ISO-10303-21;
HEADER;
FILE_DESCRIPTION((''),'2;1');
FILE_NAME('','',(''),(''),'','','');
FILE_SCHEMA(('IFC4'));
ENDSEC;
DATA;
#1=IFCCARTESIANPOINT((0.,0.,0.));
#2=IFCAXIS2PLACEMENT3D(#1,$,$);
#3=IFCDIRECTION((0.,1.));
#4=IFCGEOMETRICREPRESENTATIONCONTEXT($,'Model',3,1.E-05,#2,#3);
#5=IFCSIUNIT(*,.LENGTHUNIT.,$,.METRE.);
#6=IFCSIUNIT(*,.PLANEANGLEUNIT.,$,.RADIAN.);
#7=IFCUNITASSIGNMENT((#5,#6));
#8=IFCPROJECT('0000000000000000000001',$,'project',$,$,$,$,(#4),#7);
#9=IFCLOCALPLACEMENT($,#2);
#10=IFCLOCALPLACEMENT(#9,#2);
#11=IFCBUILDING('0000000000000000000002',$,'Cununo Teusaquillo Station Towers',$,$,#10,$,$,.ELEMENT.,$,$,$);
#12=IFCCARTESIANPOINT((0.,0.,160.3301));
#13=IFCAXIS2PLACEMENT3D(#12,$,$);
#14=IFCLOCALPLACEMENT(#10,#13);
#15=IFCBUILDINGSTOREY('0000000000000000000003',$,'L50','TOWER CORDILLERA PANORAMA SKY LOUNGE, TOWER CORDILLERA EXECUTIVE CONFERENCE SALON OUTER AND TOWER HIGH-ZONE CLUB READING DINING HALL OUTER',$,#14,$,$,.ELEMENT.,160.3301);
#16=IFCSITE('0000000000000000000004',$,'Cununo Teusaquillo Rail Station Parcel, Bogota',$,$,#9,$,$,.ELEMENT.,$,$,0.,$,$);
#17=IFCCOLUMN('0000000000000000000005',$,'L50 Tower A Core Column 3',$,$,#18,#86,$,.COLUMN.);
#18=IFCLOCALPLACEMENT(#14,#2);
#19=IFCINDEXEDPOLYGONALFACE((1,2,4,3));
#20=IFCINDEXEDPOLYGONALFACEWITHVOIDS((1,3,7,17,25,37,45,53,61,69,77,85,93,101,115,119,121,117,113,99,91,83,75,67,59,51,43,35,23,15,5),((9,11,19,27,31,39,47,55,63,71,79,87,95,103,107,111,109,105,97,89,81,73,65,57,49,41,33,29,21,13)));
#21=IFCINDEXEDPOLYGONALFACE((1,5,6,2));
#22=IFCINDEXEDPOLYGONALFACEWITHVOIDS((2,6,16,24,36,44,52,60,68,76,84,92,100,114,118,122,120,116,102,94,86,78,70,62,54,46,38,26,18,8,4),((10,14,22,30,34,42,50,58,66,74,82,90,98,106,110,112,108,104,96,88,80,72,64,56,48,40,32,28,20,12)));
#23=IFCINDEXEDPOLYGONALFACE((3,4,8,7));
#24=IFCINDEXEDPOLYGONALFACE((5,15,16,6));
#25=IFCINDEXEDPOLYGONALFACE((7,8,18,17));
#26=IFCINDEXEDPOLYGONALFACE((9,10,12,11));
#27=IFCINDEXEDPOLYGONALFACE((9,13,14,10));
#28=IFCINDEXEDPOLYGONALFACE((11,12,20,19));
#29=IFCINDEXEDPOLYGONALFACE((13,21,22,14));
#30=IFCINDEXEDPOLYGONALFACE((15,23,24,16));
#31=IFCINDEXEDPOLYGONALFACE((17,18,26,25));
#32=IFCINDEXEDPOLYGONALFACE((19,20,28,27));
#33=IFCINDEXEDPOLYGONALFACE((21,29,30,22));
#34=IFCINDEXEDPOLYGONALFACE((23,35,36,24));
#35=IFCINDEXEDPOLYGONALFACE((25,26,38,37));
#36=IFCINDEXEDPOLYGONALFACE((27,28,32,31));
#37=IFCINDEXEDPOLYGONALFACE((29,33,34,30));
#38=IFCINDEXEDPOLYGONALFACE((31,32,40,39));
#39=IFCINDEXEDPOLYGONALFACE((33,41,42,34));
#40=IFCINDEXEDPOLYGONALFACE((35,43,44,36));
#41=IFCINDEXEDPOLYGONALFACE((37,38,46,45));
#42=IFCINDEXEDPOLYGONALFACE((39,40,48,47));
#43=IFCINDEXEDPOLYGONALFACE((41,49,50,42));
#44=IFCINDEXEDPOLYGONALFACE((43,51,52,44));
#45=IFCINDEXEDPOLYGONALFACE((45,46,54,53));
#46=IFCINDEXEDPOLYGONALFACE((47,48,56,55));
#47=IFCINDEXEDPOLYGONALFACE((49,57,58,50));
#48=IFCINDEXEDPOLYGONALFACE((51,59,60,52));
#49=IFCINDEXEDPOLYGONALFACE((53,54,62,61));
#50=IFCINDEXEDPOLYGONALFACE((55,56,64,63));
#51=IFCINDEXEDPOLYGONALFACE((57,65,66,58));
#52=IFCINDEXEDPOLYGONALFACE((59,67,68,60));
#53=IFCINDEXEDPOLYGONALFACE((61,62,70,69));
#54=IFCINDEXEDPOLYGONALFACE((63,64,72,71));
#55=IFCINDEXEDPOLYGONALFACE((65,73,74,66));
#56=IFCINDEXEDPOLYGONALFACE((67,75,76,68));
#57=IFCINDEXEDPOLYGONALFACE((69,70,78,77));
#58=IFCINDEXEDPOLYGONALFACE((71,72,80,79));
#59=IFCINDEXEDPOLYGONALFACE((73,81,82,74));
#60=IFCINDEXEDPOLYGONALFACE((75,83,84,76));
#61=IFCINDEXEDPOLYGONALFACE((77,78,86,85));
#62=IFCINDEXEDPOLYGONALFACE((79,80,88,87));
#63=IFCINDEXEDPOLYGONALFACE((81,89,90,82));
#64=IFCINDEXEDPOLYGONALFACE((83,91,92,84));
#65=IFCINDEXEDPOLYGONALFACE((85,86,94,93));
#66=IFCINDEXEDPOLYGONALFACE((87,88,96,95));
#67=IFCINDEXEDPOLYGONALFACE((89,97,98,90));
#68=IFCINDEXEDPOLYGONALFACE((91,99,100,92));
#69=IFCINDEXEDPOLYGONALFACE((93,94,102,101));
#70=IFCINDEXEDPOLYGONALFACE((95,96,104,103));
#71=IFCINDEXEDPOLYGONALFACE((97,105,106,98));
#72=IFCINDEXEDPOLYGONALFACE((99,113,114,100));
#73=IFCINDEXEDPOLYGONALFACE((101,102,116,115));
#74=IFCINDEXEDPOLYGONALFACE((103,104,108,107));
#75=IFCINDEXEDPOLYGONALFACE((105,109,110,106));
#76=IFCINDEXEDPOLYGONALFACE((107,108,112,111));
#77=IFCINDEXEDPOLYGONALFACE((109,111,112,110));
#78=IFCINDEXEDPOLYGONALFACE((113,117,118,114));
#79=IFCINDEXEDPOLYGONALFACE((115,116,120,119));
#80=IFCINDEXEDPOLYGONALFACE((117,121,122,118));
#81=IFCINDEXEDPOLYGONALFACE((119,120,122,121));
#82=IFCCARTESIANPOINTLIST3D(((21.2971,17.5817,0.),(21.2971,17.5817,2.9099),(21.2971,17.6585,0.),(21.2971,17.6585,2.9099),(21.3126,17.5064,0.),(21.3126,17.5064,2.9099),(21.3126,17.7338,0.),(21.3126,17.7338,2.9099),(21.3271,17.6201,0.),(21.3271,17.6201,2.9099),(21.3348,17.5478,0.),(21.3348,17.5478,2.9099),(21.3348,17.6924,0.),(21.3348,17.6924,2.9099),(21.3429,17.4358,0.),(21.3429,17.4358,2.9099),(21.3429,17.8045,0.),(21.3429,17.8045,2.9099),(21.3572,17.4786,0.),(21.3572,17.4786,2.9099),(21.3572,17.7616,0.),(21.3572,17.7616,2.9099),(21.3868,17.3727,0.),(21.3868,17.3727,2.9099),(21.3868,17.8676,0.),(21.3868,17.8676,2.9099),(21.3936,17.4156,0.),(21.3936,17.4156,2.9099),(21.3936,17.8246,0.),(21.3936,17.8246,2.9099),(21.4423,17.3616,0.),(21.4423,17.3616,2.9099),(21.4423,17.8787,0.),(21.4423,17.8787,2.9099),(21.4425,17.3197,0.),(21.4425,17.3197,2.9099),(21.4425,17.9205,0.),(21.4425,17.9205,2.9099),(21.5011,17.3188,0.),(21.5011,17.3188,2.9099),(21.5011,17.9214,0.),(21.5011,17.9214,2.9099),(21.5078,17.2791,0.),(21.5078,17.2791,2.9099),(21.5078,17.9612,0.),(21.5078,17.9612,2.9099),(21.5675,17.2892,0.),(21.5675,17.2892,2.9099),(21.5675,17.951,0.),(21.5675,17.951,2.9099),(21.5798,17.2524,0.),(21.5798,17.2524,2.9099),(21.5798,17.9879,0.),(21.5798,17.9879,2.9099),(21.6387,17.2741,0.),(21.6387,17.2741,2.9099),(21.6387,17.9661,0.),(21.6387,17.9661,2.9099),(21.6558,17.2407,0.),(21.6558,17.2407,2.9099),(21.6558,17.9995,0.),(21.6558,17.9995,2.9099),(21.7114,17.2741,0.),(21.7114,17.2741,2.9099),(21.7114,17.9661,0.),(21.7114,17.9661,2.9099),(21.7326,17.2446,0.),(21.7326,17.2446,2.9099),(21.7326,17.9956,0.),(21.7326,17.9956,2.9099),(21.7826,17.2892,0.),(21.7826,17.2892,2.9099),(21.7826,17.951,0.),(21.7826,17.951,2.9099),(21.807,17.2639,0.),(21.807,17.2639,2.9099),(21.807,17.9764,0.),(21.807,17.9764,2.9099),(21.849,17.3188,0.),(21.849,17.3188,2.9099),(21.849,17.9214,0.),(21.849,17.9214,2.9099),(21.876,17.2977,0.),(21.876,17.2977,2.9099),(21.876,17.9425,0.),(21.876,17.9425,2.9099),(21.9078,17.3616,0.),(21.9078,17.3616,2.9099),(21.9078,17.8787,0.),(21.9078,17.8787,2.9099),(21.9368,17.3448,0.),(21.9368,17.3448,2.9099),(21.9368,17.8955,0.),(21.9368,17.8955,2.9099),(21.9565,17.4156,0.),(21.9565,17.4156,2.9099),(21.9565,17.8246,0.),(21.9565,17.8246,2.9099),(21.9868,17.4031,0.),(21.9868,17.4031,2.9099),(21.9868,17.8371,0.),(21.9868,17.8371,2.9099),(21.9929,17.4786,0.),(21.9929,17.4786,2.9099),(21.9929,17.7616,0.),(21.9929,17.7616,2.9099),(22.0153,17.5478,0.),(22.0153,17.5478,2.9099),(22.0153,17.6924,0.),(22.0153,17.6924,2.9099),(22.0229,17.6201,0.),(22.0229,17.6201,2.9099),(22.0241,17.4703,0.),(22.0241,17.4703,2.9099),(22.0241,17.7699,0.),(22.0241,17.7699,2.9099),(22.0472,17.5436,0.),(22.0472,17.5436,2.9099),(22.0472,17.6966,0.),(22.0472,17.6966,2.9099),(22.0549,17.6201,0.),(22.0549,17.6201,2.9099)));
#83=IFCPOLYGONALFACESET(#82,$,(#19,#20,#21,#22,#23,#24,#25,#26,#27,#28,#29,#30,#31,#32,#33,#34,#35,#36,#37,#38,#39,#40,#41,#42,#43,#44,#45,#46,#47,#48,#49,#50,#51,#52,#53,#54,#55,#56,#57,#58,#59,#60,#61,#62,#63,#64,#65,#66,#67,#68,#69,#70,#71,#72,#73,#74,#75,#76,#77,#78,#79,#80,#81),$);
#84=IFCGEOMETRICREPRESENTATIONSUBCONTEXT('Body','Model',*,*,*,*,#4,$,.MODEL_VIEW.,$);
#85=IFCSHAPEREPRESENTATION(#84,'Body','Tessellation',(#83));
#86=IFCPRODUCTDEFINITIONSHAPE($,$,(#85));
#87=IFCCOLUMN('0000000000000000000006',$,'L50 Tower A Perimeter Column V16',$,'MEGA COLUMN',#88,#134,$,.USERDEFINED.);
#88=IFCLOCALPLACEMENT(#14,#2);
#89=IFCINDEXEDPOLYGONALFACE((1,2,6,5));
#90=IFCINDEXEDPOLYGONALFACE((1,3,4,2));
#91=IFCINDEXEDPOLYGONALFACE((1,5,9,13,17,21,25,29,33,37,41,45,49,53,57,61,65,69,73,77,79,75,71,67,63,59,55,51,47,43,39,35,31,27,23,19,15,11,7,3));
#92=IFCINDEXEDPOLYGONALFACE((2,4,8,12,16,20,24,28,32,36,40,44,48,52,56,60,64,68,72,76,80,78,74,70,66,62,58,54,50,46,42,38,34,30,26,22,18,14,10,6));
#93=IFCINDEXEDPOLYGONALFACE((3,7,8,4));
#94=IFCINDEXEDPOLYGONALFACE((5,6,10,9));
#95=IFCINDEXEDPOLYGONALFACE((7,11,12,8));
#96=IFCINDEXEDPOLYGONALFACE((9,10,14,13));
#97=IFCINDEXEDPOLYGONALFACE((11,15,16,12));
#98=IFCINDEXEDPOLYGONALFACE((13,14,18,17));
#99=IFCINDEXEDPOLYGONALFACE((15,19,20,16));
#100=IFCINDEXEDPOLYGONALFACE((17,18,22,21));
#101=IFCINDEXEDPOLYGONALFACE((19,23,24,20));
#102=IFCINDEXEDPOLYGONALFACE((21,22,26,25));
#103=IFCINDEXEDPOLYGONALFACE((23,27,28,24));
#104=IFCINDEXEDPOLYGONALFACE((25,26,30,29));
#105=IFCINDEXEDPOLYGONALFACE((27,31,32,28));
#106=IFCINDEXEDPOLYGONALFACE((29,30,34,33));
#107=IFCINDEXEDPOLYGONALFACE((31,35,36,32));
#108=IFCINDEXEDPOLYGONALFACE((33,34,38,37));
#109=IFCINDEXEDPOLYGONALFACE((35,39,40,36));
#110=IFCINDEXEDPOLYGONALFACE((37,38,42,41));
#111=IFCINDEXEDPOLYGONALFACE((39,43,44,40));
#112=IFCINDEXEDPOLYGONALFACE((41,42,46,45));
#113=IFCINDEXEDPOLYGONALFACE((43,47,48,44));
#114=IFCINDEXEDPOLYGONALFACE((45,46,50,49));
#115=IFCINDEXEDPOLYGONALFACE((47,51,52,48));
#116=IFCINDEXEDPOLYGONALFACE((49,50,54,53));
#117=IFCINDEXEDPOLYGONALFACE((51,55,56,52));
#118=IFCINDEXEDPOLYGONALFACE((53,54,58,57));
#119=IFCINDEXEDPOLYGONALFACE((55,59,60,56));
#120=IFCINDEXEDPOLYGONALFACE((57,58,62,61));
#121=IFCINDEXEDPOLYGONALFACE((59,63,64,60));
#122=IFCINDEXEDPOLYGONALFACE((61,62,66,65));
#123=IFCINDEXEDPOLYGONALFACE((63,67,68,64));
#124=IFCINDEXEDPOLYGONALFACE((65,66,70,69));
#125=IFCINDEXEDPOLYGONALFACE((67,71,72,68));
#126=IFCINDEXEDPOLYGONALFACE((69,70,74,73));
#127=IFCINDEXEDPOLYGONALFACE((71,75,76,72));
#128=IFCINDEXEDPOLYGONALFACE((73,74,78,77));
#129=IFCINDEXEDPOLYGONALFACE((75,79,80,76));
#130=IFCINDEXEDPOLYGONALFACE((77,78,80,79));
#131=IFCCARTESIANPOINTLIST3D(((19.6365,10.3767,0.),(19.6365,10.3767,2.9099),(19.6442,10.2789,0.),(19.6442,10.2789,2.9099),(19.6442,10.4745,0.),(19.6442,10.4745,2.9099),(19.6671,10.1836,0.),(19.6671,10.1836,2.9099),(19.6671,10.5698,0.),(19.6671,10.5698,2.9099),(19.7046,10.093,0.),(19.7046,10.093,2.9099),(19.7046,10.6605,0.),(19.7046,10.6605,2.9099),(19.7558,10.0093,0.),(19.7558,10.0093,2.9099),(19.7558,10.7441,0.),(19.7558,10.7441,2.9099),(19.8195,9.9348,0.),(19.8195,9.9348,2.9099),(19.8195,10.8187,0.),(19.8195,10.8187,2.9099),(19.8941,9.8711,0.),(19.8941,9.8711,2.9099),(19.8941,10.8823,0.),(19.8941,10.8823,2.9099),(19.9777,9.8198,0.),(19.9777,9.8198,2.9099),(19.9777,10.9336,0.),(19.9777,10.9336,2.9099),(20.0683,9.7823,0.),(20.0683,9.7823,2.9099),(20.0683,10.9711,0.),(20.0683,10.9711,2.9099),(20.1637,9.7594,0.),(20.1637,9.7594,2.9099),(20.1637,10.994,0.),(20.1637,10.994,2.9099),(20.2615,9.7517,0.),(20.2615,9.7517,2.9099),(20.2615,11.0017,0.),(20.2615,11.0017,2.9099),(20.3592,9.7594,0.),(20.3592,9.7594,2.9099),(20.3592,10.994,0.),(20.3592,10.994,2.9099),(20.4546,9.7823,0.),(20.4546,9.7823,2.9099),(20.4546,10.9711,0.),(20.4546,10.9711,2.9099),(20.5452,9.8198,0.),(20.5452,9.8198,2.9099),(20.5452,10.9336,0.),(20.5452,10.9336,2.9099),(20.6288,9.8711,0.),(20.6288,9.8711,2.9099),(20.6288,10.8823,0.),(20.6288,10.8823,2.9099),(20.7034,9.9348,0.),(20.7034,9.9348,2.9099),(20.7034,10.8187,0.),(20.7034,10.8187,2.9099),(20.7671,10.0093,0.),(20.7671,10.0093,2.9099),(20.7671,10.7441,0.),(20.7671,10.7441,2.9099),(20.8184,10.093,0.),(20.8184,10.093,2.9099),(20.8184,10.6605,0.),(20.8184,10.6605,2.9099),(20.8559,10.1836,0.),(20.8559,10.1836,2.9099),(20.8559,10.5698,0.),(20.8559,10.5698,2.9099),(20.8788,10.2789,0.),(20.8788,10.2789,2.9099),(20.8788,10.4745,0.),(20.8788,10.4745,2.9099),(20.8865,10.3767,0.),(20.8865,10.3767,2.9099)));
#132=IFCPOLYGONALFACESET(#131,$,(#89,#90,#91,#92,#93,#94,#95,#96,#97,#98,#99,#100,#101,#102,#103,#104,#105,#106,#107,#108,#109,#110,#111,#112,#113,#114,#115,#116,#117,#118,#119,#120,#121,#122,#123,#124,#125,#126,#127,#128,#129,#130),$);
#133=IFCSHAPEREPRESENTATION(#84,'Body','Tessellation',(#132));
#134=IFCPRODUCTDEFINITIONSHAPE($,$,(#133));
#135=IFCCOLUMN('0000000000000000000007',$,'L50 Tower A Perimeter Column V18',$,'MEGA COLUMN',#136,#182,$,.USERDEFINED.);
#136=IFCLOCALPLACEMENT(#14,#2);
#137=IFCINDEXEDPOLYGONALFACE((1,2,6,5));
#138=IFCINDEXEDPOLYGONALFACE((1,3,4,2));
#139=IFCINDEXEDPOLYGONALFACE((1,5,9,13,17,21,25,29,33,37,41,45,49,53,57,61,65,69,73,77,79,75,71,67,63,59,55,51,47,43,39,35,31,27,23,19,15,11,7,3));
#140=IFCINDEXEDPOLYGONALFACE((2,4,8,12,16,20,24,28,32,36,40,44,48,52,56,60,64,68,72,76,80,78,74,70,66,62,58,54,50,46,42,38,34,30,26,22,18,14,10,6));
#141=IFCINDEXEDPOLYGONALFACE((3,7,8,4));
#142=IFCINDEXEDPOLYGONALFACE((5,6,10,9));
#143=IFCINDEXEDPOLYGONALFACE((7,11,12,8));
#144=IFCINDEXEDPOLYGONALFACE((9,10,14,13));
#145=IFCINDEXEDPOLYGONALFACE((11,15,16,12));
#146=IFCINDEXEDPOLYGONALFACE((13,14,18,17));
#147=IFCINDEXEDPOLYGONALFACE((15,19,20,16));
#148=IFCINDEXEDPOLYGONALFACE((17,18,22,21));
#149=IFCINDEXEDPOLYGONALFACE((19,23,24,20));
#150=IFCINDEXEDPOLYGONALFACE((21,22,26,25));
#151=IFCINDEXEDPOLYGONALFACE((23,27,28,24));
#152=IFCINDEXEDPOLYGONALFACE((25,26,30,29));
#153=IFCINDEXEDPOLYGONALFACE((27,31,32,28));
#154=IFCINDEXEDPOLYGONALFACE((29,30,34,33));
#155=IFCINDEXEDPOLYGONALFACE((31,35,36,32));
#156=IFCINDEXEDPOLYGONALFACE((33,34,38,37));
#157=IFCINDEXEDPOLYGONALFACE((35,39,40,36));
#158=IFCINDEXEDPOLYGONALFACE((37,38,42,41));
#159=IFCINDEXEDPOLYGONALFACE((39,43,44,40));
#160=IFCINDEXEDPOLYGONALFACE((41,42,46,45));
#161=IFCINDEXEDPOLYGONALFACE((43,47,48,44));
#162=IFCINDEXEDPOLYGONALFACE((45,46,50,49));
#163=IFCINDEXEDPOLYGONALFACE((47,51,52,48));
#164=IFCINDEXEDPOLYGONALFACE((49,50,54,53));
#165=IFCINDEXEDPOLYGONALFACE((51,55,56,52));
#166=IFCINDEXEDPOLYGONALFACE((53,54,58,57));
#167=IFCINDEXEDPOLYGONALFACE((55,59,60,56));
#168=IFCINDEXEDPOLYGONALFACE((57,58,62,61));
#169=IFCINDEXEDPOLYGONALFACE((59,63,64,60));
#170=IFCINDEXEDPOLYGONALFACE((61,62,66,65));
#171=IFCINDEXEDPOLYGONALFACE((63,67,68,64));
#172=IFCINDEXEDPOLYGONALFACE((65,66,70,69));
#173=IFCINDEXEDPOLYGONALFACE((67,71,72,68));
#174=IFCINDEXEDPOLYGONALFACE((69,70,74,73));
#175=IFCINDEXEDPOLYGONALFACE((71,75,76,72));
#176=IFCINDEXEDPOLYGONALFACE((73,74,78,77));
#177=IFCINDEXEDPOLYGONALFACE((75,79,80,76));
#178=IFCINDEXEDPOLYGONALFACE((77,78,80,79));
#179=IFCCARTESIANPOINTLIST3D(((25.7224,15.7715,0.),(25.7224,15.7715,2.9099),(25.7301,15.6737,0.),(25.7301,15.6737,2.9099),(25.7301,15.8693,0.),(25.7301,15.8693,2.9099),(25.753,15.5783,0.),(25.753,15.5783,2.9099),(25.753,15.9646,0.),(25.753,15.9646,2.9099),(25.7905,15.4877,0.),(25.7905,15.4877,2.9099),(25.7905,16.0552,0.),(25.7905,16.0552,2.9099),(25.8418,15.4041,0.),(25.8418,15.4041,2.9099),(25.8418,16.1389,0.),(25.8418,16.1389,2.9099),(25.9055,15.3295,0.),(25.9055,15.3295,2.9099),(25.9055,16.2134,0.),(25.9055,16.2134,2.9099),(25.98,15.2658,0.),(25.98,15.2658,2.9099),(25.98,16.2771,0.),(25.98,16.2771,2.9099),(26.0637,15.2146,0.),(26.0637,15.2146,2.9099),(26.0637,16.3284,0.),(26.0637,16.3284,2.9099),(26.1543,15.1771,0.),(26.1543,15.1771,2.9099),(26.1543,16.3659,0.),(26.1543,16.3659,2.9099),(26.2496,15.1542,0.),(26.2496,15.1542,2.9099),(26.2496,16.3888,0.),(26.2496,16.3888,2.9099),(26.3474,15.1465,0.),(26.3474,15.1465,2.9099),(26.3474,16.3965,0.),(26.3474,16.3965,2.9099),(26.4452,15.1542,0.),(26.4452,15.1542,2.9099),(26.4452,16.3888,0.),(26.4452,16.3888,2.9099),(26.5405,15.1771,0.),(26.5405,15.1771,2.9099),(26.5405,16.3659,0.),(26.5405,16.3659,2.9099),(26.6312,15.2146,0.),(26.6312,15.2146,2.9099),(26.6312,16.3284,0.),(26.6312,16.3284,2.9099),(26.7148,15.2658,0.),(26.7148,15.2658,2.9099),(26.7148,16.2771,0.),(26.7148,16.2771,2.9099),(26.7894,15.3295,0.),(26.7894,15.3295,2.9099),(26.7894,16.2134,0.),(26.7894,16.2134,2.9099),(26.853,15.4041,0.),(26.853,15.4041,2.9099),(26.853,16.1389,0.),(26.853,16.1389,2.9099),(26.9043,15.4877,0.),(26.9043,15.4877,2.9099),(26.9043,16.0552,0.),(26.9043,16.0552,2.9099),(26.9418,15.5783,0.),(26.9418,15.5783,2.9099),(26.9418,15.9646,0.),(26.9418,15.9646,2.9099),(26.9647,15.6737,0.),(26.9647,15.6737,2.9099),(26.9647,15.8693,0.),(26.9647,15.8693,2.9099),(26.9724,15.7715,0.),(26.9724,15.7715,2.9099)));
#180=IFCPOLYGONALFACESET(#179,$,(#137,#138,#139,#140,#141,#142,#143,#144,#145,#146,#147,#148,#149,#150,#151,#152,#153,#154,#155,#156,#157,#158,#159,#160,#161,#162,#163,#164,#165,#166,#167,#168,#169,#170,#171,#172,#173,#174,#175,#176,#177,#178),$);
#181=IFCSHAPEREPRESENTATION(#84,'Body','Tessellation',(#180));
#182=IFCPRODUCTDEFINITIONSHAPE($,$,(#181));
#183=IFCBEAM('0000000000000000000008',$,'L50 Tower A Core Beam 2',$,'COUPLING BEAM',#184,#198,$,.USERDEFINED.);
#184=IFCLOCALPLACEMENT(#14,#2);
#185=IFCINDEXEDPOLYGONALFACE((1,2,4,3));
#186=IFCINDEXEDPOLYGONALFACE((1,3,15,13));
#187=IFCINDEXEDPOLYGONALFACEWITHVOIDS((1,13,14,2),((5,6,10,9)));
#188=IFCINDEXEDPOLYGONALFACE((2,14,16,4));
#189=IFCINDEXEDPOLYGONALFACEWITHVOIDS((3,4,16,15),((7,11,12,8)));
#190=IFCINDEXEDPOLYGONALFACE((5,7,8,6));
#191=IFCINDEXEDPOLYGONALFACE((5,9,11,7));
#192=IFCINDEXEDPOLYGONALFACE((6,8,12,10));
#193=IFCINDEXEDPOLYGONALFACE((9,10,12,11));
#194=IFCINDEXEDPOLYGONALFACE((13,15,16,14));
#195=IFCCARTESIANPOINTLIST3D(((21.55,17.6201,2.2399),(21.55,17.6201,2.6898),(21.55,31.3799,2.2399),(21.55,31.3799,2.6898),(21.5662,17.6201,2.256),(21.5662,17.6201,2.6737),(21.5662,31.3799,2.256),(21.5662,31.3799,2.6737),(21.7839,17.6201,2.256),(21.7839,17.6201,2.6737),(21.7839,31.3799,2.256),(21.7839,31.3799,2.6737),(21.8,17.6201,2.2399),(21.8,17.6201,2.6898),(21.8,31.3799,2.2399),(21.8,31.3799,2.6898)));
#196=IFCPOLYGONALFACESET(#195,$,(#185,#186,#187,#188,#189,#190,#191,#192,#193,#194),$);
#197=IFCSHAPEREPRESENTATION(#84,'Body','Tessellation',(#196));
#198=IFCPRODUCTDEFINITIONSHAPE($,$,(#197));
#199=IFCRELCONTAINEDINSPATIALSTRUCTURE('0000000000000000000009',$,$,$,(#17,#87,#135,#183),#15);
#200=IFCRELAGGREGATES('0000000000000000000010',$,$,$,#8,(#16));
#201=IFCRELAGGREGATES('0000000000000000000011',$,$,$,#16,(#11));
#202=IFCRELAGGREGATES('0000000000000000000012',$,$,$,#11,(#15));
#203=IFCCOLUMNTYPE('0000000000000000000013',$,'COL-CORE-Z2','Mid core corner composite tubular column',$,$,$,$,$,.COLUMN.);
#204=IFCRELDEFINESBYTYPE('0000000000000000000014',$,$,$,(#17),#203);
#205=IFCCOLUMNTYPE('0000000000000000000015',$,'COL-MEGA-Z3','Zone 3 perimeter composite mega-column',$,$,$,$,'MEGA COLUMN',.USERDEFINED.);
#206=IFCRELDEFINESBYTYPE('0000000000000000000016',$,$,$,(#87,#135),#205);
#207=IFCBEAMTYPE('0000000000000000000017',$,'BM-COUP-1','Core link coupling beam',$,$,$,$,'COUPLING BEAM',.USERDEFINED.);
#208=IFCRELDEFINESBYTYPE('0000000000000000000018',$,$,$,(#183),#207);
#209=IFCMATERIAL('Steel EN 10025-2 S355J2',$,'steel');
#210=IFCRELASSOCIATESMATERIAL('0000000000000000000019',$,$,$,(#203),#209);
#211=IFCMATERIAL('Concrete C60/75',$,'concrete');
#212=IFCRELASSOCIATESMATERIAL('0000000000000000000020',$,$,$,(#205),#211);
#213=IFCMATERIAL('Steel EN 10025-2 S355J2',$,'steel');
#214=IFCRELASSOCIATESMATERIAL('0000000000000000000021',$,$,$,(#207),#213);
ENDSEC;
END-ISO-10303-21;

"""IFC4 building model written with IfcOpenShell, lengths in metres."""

from ifc_helpers import new_model, si_unit, direction, frame, origin, origin_2d, place, context, subcontext, project, spatial, hollow_rectangle, circle, hollow_circle, extrude, material, material_profile, profile_set, type_object, element, save


model = new_model("IFC4")

# Units and contexts
model_context = context("Model", 3, precision=1e-05, world=origin(), true_north=direction((0.0, 1.0)))
body_context = subcontext(model_context, "Body", "Model", "MODEL_VIEW")
ifc_project = project(units=[si_unit("LENGTHUNIT", "METRE"), si_unit("PLANEANGLEUNIT", "RADIAN")], contexts=[model_context])

# Site, building, storey
site_placement = place(None, origin())
site = spatial("IfcSite", under=ifc_project, at=site_placement, Name="Cununo Teusaquillo Rail Station Parcel, Bogota", CompositionType="ELEMENT", RefElevation=0.0)
building_placement = place(site_placement, origin())
building = spatial("IfcBuilding", under=site, at=building_placement, Name="Cununo Teusaquillo Station Towers", CompositionType="ELEMENT")
storey_placement = place(building_placement, frame((0.0, 0.0, 160.3301)))
storey = spatial("IfcBuildingStorey", under=building, at=storey_placement, Name="L50", Description="TOWER CORDILLERA PANORAMA SKY LOUNGE, TOWER CORDILLERA EXECUTIVE CONFERENCE SALON OUTER AND TOWER HIGH-ZONE CLUB READING DINING HALL OUTER", CompositionType="ELEMENT", Elevation=160.3301)

# Columns
ifc_material_1 = material(Name="Steel EN 10025-2 S355J2", Category="steel")
ifc_material_profile_1 = material_profile(ifc_material_1, hollow_circle(Radius=0.3799, WallThickness=0.032, at=origin_2d()), Name="CHS 760x32")
ifc_profile_set_1 = profile_set([ifc_material_profile_1], Name="Steel EN 10025-2 S355J2")
column_type_1 = type_object("IfcColumnType", Name="COL-CORE-Z2", Description="Mid core corner composite tubular column", PredefinedType="COLUMN", material=ifc_profile_set_1)
column_placement = place(storey_placement, frame((21.675, 17.6201, 0.0), z_axis=(0.0, 0.0, 1.0), x_axis=(1.0, 0.0, 0.0)))
element("IfcColumn", 1, at=column_placement, inside=storey, type_object=column_type_1, Name="L50 Tower A Core Column 3", PredefinedType="COLUMN", context=body_context, shape_type="SweptSolid", body=[
    extrude(hollow_circle(Radius=0.3799, WallThickness=0.032, at=origin_2d()), origin(), (0.0, 0.0, 1.0), 2.9099),
])
ifc_material_2 = material(Name="Concrete C60/75", Category="concrete")
ifc_material_profile_2 = material_profile(ifc_material_2, circle(Radius=0.625, at=origin_2d()), Name="RC-CIRC-1250")
ifc_profile_set_2 = profile_set([ifc_material_profile_2], Name="Concrete C60/75")
column_type_2 = type_object("IfcColumnType", Name="COL-MEGA-Z3", Description="Zone 3 perimeter composite mega-column", ElementType="MEGA COLUMN", PredefinedType="USERDEFINED", material=ifc_profile_set_2)
for number, where, z_axis, x_axis, name in (
    (2, (20.2615, 10.3767, 0.0), (0.0, 0.0, 1.0), (1.0, 0.0, 0.0), "L50 Tower A Perimeter Column V16"),
    (3, (26.3474, 15.7715, 0.0), (0.0, 0.0, 1.0), (1.0, 0.0, 0.0), "L50 Tower A Perimeter Column V18"),
):
    element("IfcColumn", number, at=place(storey_placement, frame(where, z_axis=z_axis, x_axis=x_axis)), inside=storey, type_object=column_type_2, Name=name, ObjectType="MEGA COLUMN", PredefinedType="USERDEFINED", context=body_context, shape_type="SweptSolid", body=[
        extrude(circle(Radius=0.625, at=origin_2d()), origin(), (0.0, 0.0, 1.0), 2.9099),
    ])

# Beam
ifc_material_3 = material(Name="Steel EN 10025-2 S355J2", Category="steel")
ifc_material_profile_3 = material_profile(ifc_material_3, hollow_rectangle(XDim=0.25, YDim=0.45, WallThickness=0.0161, at=origin_2d()), Name="RHS 450x250x16")
ifc_profile_set_3 = profile_set([ifc_material_profile_3], Name="Steel EN 10025-2 S355J2")
beam_type_1 = type_object("IfcBeamType", Name="BM-COUP-1", Description="Core link coupling beam", ElementType="COUPLING BEAM", PredefinedType="USERDEFINED", material=ifc_profile_set_3)
beam_1_placement = place(storey_placement, frame((21.675, 17.6201, 2.4648), z_axis=(0.0, 1.0, 0.0), x_axis=(-1.0, 0.0, 0.0)))
element("IfcBeam", 4, at=beam_1_placement, inside=storey, type_object=beam_type_1, Name="L50 Tower A Core Beam 2", ObjectType="COUPLING BEAM", PredefinedType="USERDEFINED", context=body_context, shape_type="SweptSolid", body=[
    extrude(hollow_rectangle(XDim=0.25, YDim=0.45, WallThickness=0.0161, at=origin_2d()), origin(), (0.0, 0.0, 1.0), 13.7598),
])

save(model, "model.ifc")
